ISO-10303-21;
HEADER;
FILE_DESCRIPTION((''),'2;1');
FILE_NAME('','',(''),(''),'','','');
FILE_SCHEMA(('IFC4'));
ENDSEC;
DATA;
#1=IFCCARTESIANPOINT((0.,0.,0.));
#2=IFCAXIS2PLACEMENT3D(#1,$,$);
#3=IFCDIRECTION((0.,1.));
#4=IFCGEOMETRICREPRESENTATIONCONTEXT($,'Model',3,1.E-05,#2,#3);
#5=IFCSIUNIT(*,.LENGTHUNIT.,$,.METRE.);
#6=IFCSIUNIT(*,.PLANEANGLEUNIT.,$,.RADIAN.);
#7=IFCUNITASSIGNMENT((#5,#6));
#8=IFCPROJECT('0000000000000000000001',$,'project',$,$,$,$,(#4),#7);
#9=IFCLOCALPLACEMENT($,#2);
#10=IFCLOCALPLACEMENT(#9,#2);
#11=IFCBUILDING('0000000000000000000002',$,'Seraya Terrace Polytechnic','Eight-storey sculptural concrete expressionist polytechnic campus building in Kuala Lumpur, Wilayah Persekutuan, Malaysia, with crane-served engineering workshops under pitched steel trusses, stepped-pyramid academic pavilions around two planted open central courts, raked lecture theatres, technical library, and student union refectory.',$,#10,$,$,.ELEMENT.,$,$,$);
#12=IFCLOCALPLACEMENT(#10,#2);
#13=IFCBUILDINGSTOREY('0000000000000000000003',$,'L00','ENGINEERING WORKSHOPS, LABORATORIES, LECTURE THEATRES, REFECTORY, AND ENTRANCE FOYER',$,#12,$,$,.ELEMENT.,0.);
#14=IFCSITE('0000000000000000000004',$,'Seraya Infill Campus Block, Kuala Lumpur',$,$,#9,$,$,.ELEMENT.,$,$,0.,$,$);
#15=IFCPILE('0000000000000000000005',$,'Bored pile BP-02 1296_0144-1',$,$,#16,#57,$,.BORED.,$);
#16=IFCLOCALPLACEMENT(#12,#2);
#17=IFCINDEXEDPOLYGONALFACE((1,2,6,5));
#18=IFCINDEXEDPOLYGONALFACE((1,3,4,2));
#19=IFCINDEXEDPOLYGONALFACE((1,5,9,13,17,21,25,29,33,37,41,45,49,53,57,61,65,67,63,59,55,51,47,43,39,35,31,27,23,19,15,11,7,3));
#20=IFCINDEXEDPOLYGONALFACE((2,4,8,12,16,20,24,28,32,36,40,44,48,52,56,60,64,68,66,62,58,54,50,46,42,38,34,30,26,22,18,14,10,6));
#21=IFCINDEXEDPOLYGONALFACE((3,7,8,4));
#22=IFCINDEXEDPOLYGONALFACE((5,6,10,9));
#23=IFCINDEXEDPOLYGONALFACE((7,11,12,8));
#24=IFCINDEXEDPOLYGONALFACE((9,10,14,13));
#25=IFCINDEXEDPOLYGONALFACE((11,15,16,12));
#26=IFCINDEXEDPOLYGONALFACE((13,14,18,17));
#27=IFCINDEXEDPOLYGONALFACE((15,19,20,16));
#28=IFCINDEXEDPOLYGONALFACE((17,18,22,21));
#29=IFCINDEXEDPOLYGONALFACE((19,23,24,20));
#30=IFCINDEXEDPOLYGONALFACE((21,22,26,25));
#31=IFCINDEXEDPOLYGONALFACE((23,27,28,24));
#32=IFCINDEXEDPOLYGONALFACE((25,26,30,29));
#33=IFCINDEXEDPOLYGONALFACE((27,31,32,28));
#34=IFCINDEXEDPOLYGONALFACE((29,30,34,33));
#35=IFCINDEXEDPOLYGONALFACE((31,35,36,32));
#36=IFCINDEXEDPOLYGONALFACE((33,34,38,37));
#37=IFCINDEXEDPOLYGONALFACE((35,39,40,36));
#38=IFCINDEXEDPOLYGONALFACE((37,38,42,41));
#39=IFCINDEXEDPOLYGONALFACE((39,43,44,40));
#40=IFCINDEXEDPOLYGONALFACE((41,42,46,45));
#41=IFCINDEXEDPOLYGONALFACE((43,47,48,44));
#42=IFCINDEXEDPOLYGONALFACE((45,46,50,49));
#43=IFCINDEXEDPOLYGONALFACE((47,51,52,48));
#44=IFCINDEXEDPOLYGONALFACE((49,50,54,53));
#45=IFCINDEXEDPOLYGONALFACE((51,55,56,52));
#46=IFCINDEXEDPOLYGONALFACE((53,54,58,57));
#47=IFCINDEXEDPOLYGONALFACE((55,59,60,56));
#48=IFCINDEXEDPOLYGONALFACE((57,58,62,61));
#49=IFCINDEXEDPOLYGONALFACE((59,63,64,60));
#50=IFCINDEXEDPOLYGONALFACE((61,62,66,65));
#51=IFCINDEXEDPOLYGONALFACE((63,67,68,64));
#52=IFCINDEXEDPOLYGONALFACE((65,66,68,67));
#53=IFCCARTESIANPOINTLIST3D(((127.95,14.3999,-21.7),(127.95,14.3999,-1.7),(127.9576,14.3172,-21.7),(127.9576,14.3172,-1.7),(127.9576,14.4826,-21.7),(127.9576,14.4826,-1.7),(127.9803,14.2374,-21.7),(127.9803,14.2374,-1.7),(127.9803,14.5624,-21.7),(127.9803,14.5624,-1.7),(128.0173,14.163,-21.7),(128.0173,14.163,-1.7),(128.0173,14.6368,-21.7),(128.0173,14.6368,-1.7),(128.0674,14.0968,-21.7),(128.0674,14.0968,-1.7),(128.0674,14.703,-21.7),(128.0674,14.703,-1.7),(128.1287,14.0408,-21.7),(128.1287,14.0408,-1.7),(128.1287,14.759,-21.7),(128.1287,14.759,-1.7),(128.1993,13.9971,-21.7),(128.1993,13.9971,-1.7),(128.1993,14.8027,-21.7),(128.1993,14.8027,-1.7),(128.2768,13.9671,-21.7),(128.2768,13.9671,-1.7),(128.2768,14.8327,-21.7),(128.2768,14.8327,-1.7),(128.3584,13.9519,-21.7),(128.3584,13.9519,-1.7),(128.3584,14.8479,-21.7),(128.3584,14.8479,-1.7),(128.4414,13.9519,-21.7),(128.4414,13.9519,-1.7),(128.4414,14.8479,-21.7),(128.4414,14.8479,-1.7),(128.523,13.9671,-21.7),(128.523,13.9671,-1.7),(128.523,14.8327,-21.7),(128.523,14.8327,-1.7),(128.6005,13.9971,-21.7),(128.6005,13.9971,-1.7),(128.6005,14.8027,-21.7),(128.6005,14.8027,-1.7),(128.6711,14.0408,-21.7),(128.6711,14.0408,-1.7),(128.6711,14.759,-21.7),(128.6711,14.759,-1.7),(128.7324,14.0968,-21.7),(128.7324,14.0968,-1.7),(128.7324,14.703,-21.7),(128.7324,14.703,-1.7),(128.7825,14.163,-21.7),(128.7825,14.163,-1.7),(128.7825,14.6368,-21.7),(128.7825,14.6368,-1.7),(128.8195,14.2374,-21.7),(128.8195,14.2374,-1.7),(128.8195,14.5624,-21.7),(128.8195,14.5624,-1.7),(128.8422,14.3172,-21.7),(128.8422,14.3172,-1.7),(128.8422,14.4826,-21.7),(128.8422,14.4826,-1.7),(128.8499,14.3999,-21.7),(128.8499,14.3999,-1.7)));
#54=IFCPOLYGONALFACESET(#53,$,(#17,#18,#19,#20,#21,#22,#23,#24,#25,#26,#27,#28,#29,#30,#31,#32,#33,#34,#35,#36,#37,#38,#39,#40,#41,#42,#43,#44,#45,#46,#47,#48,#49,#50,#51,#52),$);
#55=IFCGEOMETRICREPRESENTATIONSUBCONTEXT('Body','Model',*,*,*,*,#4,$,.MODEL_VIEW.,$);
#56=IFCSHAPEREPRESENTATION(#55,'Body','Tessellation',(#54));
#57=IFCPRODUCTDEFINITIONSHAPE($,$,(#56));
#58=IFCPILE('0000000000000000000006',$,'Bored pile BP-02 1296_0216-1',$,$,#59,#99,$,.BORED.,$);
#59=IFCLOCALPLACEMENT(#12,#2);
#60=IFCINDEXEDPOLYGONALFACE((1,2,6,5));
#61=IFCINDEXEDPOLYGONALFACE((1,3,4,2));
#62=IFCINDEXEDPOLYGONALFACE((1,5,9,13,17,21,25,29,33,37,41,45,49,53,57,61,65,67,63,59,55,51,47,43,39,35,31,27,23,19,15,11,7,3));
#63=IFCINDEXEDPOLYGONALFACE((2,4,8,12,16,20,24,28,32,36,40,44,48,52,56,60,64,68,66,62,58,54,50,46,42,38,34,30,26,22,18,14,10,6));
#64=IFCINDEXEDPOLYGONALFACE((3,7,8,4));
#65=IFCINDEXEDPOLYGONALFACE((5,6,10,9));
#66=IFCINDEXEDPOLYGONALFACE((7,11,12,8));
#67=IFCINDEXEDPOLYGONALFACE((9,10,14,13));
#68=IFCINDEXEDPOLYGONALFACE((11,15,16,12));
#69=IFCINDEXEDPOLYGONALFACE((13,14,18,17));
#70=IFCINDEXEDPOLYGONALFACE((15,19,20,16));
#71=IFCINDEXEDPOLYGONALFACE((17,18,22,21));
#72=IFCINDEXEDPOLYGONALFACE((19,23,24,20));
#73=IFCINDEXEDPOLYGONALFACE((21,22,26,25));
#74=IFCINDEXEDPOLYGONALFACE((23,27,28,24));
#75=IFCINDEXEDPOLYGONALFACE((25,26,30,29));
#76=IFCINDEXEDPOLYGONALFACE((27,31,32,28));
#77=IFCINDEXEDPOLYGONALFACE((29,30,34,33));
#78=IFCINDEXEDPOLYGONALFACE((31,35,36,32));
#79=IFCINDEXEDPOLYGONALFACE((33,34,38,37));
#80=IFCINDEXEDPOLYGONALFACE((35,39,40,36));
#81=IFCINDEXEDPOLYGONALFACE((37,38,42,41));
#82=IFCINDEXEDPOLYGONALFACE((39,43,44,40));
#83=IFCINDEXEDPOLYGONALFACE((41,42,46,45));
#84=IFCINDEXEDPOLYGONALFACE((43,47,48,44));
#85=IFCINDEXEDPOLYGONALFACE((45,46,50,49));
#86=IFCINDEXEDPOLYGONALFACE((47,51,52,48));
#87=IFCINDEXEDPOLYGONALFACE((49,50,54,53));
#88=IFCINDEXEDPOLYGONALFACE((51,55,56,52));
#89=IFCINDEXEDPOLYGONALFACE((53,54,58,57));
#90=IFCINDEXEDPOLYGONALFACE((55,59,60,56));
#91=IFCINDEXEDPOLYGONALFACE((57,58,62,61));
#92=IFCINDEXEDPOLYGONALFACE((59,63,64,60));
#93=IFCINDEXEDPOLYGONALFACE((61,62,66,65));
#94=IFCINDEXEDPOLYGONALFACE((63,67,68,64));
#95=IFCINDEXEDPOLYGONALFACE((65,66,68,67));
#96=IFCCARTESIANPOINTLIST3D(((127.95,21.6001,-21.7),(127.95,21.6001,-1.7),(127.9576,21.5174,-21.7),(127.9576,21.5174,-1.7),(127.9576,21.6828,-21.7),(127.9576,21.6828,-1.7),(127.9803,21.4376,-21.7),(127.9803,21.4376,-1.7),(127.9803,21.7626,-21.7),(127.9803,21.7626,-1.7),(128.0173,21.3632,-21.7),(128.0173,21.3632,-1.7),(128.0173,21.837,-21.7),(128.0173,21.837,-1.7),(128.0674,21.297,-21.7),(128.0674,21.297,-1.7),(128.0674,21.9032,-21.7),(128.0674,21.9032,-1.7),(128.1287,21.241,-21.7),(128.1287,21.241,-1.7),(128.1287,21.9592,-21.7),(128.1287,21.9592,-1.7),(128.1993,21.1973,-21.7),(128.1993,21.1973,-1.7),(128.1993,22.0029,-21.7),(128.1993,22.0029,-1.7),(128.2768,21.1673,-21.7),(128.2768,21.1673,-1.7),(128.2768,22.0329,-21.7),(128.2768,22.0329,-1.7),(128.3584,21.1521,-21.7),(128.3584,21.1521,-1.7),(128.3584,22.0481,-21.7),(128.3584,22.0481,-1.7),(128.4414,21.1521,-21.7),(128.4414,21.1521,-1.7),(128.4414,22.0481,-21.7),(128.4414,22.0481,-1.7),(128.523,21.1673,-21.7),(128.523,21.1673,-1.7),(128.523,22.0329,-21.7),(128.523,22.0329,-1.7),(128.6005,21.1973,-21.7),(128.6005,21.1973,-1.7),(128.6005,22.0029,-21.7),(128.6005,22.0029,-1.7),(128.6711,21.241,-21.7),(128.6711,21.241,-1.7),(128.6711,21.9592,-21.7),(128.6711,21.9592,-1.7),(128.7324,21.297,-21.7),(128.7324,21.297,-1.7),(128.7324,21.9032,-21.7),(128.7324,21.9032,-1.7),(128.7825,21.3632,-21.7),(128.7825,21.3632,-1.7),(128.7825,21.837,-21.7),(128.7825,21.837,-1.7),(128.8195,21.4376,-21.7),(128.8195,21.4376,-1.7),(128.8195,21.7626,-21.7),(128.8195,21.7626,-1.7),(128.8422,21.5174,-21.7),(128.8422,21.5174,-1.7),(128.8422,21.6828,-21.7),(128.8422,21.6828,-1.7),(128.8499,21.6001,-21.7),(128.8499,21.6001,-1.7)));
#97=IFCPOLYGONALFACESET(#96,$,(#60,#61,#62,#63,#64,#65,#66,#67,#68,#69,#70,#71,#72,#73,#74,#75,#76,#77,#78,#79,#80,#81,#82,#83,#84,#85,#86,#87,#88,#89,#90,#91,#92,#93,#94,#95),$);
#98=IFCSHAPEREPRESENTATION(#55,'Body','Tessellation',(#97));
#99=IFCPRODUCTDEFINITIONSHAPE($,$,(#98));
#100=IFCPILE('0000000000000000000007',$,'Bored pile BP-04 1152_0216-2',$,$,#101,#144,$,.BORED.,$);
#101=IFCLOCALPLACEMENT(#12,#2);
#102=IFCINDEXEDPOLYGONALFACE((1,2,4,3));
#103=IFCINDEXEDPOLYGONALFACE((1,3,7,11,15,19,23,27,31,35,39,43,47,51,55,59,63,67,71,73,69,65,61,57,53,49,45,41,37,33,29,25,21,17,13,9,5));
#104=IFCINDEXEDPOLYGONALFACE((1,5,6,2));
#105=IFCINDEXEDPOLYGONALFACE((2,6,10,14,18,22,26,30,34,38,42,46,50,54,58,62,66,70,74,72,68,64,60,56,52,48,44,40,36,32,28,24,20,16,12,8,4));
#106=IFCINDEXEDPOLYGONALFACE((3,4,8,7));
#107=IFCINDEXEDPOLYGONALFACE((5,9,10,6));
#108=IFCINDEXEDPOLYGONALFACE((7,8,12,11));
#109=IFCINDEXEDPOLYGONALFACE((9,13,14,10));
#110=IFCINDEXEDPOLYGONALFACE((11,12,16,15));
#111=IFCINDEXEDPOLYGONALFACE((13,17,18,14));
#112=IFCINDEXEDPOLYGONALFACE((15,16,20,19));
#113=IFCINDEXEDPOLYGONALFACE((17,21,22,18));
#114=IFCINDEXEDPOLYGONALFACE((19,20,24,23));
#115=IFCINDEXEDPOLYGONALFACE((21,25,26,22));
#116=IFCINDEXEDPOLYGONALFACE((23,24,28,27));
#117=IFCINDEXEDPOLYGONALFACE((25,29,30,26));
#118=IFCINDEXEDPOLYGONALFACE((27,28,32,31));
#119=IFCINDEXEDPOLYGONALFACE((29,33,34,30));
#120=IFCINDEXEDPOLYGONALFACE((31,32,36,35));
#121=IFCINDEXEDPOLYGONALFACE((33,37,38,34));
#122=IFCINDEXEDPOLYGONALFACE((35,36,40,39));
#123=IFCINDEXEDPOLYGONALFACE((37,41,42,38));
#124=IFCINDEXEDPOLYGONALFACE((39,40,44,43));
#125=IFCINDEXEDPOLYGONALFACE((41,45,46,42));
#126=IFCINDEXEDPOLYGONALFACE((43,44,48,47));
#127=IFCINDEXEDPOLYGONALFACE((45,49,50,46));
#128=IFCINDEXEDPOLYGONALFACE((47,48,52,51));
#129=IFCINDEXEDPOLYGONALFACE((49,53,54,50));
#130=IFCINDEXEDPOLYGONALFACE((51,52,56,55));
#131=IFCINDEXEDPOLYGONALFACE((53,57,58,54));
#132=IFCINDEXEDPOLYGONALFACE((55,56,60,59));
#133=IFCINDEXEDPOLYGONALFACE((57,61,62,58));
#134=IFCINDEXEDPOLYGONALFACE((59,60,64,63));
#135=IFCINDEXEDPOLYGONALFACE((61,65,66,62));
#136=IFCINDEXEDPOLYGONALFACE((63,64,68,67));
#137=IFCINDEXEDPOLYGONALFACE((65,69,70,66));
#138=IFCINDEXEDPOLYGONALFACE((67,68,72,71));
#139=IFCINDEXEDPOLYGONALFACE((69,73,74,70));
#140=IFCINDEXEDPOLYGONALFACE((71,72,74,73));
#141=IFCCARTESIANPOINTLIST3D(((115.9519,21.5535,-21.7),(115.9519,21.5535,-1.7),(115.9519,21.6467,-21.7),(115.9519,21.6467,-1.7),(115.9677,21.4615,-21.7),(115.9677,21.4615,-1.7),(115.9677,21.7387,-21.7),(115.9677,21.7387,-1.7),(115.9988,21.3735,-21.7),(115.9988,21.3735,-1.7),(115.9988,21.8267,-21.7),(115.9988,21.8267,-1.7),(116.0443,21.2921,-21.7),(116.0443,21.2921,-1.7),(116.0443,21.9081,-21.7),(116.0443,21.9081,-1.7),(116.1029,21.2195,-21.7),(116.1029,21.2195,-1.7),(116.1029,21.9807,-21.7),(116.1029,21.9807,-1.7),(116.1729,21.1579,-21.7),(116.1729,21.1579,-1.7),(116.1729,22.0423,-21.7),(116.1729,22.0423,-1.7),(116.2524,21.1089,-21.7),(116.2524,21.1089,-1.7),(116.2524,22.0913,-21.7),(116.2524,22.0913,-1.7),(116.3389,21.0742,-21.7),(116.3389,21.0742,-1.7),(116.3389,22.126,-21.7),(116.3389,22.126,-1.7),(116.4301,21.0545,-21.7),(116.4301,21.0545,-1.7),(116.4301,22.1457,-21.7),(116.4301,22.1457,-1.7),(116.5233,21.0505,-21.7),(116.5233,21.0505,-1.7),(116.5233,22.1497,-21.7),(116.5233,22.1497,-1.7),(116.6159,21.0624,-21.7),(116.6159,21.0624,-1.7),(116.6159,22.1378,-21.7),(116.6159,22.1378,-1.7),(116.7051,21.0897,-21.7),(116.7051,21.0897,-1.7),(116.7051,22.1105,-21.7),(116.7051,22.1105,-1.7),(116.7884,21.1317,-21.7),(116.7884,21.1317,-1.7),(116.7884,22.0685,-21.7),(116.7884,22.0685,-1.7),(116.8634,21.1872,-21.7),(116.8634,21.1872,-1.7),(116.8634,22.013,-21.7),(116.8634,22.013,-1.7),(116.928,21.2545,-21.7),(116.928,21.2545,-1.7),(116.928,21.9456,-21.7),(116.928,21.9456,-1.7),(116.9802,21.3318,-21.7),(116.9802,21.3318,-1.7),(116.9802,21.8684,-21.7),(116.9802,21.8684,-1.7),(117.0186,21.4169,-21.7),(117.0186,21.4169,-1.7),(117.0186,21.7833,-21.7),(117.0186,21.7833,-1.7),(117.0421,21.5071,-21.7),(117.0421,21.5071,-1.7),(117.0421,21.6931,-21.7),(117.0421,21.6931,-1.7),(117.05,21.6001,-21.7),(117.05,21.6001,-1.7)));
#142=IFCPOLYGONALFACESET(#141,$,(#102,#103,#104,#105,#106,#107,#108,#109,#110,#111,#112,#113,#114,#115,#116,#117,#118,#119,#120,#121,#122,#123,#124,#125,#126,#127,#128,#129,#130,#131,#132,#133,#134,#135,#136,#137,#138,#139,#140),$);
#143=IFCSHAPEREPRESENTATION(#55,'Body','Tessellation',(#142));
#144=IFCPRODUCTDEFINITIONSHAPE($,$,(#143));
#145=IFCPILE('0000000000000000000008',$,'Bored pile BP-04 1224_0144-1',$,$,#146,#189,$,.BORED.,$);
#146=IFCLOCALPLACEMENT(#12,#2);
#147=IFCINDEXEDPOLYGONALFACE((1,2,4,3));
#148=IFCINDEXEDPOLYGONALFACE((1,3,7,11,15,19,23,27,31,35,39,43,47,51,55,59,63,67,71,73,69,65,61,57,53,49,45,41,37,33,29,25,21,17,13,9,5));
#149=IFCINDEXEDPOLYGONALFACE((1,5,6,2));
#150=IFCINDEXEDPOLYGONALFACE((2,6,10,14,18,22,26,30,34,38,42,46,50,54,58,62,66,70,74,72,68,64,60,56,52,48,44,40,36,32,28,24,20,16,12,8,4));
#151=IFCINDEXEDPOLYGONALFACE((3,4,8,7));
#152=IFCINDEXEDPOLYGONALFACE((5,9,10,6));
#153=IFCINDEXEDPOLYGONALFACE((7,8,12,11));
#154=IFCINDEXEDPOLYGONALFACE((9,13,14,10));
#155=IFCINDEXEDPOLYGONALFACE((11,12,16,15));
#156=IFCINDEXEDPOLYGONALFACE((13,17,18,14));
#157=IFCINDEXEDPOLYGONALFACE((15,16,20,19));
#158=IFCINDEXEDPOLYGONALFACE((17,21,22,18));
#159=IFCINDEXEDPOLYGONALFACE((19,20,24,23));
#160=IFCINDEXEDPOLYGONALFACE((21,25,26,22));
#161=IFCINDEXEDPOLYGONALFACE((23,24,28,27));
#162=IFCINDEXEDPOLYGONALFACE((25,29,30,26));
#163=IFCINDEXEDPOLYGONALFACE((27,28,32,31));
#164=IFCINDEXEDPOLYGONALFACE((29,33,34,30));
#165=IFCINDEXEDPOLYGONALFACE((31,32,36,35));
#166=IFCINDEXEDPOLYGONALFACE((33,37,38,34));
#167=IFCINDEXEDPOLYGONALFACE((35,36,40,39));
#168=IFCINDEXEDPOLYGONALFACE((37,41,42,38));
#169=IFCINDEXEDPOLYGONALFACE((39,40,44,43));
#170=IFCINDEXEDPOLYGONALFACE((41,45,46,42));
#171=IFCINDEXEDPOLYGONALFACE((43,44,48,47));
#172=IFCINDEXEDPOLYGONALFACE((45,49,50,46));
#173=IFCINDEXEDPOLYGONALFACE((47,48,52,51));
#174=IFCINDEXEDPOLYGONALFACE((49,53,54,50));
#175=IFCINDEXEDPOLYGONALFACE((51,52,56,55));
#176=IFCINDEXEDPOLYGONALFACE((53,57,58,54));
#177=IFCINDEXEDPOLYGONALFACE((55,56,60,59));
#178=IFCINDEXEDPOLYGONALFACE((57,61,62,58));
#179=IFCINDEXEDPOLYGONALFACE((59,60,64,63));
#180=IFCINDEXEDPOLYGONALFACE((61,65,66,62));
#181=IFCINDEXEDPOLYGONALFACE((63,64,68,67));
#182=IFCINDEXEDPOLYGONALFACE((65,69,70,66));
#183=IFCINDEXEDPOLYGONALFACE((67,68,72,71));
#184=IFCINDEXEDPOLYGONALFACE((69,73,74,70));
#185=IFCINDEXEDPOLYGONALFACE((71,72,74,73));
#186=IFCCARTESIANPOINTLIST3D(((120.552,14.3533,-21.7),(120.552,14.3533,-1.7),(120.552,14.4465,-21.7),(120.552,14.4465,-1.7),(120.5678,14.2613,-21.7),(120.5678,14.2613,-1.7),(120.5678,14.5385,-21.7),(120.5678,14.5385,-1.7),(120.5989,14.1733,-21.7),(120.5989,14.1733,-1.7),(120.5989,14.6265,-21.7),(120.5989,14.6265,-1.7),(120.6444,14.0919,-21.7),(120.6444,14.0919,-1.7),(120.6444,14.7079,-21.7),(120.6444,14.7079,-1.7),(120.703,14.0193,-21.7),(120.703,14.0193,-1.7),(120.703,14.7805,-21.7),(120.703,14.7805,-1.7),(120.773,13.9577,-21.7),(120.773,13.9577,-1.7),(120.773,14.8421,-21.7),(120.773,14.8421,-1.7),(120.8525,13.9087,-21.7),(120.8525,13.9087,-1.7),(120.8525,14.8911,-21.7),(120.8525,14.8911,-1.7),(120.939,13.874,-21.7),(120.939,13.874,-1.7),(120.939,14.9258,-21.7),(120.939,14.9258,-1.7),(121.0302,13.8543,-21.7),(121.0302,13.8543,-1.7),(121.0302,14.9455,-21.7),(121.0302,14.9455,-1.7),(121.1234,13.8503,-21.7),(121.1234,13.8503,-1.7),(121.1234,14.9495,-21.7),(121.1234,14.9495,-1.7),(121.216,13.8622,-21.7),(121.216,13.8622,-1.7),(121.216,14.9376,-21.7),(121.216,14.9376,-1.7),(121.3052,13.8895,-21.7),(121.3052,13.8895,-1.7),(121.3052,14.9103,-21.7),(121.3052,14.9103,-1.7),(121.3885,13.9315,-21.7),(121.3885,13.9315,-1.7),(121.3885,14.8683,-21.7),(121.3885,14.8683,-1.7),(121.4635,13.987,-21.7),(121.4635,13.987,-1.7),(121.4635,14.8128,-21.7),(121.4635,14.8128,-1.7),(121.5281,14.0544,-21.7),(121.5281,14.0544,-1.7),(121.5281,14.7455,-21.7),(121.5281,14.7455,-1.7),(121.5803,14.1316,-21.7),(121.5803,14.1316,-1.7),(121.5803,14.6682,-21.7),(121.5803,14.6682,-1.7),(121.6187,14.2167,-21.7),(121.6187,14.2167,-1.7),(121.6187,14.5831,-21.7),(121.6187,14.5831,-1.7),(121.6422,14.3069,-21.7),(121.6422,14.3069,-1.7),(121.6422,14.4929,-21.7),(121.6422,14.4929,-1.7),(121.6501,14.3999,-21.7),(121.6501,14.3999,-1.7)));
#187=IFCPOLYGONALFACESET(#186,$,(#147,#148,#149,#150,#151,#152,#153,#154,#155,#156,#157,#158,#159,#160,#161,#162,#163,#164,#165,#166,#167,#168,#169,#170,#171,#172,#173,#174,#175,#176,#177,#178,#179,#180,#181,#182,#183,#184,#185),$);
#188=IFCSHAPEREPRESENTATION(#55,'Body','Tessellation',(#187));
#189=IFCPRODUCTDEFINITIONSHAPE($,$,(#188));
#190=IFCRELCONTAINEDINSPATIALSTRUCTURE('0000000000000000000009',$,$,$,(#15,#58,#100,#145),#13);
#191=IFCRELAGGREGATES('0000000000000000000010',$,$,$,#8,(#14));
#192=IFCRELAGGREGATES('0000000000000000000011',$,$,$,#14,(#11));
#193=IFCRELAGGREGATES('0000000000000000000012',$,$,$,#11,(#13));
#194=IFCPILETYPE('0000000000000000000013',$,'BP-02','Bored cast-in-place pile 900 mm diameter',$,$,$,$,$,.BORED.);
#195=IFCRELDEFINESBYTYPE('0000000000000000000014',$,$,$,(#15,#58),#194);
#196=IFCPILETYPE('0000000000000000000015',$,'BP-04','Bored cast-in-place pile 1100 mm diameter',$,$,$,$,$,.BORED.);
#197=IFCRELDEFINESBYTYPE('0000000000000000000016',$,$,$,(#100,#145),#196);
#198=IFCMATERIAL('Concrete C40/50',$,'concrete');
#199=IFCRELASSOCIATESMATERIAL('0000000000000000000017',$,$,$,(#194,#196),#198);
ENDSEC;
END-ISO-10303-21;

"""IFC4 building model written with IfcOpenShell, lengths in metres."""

from ifc_helpers import new_model, si_unit, direction, frame, origin, origin_2d, place, context, subcontext, project, spatial, circle, extrude, material, material_profile, profile_set, type_object, element, save


model = new_model("IFC4")

# Units and contexts
model_context = context("Model", 3, precision=1e-05, world=origin(), true_north=direction((0.0, 1.0)))
body_context = subcontext(model_context, "Body", "Model", "MODEL_VIEW")
ifc_project = project(units=[si_unit("LENGTHUNIT", "METRE"), si_unit("PLANEANGLEUNIT", "RADIAN")], contexts=[model_context])

# Site, building, storey
site_placement = place(None, origin())
site = spatial("IfcSite", under=ifc_project, at=site_placement, Name="Seraya Infill Campus Block, Kuala Lumpur", CompositionType="ELEMENT", RefElevation=0.0)
building_placement = place(site_placement, origin())
building = spatial("IfcBuilding", under=site, at=building_placement, Name="Seraya Terrace Polytechnic", Description="Eight-storey sculptural concrete expressionist polytechnic campus building in Kuala Lumpur, Wilayah Persekutuan, Malaysia, with crane-served engineering workshops under pitched steel trusses, stepped-pyramid academic pavilions around two planted open central courts, raked lecture theatres, technical library, and student union refectory.", CompositionType="ELEMENT")
storey_placement = place(building_placement, origin())
storey = spatial("IfcBuildingStorey", under=building, at=storey_placement, Name="L00", Description="ENGINEERING WORKSHOPS, LABORATORIES, LECTURE THEATRES, REFECTORY, AND ENTRANCE FOYER", CompositionType="ELEMENT", Elevation=0.0)

# Piles
ifc_material_1 = material(Name="Concrete C40/50", Category="concrete")
ifc_material_profile_1 = material_profile(ifc_material_1, circle(Radius=0.45, at=origin_2d()), Name="DIA 900")
ifc_profile_set_1 = profile_set([ifc_material_profile_1], Name="Concrete C40/50")
pile_type_1 = type_object("IfcPileType", Name="BP-02", Description="Bored cast-in-place pile 900 mm diameter", PredefinedType="BORED", material=ifc_profile_set_1)
for number, where, z_axis, x_axis, name in (
    (1, (128.3999, 14.3999, -1.7), (0.0, 0.0, -1.0), (1.0, 0.0, 0.0), "Bored pile BP-02 1296_0144-1"),
    (2, (128.3999, 21.6001, -1.7), (0.0, 0.0, -1.0), (1.0, 0.0, 0.0), "Bored pile BP-02 1296_0216-1"),
):
    element("IfcPile", number, at=place(storey_placement, frame(where, z_axis=z_axis, x_axis=x_axis)), inside=storey, type_object=pile_type_1, Name=name, PredefinedType="BORED", context=body_context, shape_type="SweptSolid", body=[
        extrude(circle(Radius=0.45, at=origin_2d()), origin(), (0.0, 0.0, 1.0), 20.0),
    ])
ifc_material_profile_2 = material_profile(ifc_material_1, circle(Radius=0.55, at=origin_2d()), Name="DIA 1100")
ifc_profile_set_2 = profile_set([ifc_material_profile_2], Name="Concrete C40/50")
pile_type_2 = type_object("IfcPileType", Name="BP-04", Description="Bored cast-in-place pile 1100 mm diameter", PredefinedType="BORED", material=ifc_profile_set_2)
for number, where, z_axis, x_axis, name in (
    (3, (116.5, 21.6001, -1.7), (0.0, 0.0, -1.0), (1.0, 0.0, 0.0), "Bored pile BP-04 1152_0216-2"),
    (4, (121.1001, 14.3999, -1.7), (0.0, 0.0, -1.0), (1.0, 0.0, 0.0), "Bored pile BP-04 1224_0144-1"),
):
    element("IfcPile", number, at=place(storey_placement, frame(where, z_axis=z_axis, x_axis=x_axis)), inside=storey, type_object=pile_type_2, Name=name, PredefinedType="BORED", context=body_context, shape_type="SweptSolid", body=[
        extrude(circle(Radius=0.55, at=origin_2d()), origin(), (0.0, 0.0, 1.0), 20.0),
    ])

save(model, "model.ifc")
